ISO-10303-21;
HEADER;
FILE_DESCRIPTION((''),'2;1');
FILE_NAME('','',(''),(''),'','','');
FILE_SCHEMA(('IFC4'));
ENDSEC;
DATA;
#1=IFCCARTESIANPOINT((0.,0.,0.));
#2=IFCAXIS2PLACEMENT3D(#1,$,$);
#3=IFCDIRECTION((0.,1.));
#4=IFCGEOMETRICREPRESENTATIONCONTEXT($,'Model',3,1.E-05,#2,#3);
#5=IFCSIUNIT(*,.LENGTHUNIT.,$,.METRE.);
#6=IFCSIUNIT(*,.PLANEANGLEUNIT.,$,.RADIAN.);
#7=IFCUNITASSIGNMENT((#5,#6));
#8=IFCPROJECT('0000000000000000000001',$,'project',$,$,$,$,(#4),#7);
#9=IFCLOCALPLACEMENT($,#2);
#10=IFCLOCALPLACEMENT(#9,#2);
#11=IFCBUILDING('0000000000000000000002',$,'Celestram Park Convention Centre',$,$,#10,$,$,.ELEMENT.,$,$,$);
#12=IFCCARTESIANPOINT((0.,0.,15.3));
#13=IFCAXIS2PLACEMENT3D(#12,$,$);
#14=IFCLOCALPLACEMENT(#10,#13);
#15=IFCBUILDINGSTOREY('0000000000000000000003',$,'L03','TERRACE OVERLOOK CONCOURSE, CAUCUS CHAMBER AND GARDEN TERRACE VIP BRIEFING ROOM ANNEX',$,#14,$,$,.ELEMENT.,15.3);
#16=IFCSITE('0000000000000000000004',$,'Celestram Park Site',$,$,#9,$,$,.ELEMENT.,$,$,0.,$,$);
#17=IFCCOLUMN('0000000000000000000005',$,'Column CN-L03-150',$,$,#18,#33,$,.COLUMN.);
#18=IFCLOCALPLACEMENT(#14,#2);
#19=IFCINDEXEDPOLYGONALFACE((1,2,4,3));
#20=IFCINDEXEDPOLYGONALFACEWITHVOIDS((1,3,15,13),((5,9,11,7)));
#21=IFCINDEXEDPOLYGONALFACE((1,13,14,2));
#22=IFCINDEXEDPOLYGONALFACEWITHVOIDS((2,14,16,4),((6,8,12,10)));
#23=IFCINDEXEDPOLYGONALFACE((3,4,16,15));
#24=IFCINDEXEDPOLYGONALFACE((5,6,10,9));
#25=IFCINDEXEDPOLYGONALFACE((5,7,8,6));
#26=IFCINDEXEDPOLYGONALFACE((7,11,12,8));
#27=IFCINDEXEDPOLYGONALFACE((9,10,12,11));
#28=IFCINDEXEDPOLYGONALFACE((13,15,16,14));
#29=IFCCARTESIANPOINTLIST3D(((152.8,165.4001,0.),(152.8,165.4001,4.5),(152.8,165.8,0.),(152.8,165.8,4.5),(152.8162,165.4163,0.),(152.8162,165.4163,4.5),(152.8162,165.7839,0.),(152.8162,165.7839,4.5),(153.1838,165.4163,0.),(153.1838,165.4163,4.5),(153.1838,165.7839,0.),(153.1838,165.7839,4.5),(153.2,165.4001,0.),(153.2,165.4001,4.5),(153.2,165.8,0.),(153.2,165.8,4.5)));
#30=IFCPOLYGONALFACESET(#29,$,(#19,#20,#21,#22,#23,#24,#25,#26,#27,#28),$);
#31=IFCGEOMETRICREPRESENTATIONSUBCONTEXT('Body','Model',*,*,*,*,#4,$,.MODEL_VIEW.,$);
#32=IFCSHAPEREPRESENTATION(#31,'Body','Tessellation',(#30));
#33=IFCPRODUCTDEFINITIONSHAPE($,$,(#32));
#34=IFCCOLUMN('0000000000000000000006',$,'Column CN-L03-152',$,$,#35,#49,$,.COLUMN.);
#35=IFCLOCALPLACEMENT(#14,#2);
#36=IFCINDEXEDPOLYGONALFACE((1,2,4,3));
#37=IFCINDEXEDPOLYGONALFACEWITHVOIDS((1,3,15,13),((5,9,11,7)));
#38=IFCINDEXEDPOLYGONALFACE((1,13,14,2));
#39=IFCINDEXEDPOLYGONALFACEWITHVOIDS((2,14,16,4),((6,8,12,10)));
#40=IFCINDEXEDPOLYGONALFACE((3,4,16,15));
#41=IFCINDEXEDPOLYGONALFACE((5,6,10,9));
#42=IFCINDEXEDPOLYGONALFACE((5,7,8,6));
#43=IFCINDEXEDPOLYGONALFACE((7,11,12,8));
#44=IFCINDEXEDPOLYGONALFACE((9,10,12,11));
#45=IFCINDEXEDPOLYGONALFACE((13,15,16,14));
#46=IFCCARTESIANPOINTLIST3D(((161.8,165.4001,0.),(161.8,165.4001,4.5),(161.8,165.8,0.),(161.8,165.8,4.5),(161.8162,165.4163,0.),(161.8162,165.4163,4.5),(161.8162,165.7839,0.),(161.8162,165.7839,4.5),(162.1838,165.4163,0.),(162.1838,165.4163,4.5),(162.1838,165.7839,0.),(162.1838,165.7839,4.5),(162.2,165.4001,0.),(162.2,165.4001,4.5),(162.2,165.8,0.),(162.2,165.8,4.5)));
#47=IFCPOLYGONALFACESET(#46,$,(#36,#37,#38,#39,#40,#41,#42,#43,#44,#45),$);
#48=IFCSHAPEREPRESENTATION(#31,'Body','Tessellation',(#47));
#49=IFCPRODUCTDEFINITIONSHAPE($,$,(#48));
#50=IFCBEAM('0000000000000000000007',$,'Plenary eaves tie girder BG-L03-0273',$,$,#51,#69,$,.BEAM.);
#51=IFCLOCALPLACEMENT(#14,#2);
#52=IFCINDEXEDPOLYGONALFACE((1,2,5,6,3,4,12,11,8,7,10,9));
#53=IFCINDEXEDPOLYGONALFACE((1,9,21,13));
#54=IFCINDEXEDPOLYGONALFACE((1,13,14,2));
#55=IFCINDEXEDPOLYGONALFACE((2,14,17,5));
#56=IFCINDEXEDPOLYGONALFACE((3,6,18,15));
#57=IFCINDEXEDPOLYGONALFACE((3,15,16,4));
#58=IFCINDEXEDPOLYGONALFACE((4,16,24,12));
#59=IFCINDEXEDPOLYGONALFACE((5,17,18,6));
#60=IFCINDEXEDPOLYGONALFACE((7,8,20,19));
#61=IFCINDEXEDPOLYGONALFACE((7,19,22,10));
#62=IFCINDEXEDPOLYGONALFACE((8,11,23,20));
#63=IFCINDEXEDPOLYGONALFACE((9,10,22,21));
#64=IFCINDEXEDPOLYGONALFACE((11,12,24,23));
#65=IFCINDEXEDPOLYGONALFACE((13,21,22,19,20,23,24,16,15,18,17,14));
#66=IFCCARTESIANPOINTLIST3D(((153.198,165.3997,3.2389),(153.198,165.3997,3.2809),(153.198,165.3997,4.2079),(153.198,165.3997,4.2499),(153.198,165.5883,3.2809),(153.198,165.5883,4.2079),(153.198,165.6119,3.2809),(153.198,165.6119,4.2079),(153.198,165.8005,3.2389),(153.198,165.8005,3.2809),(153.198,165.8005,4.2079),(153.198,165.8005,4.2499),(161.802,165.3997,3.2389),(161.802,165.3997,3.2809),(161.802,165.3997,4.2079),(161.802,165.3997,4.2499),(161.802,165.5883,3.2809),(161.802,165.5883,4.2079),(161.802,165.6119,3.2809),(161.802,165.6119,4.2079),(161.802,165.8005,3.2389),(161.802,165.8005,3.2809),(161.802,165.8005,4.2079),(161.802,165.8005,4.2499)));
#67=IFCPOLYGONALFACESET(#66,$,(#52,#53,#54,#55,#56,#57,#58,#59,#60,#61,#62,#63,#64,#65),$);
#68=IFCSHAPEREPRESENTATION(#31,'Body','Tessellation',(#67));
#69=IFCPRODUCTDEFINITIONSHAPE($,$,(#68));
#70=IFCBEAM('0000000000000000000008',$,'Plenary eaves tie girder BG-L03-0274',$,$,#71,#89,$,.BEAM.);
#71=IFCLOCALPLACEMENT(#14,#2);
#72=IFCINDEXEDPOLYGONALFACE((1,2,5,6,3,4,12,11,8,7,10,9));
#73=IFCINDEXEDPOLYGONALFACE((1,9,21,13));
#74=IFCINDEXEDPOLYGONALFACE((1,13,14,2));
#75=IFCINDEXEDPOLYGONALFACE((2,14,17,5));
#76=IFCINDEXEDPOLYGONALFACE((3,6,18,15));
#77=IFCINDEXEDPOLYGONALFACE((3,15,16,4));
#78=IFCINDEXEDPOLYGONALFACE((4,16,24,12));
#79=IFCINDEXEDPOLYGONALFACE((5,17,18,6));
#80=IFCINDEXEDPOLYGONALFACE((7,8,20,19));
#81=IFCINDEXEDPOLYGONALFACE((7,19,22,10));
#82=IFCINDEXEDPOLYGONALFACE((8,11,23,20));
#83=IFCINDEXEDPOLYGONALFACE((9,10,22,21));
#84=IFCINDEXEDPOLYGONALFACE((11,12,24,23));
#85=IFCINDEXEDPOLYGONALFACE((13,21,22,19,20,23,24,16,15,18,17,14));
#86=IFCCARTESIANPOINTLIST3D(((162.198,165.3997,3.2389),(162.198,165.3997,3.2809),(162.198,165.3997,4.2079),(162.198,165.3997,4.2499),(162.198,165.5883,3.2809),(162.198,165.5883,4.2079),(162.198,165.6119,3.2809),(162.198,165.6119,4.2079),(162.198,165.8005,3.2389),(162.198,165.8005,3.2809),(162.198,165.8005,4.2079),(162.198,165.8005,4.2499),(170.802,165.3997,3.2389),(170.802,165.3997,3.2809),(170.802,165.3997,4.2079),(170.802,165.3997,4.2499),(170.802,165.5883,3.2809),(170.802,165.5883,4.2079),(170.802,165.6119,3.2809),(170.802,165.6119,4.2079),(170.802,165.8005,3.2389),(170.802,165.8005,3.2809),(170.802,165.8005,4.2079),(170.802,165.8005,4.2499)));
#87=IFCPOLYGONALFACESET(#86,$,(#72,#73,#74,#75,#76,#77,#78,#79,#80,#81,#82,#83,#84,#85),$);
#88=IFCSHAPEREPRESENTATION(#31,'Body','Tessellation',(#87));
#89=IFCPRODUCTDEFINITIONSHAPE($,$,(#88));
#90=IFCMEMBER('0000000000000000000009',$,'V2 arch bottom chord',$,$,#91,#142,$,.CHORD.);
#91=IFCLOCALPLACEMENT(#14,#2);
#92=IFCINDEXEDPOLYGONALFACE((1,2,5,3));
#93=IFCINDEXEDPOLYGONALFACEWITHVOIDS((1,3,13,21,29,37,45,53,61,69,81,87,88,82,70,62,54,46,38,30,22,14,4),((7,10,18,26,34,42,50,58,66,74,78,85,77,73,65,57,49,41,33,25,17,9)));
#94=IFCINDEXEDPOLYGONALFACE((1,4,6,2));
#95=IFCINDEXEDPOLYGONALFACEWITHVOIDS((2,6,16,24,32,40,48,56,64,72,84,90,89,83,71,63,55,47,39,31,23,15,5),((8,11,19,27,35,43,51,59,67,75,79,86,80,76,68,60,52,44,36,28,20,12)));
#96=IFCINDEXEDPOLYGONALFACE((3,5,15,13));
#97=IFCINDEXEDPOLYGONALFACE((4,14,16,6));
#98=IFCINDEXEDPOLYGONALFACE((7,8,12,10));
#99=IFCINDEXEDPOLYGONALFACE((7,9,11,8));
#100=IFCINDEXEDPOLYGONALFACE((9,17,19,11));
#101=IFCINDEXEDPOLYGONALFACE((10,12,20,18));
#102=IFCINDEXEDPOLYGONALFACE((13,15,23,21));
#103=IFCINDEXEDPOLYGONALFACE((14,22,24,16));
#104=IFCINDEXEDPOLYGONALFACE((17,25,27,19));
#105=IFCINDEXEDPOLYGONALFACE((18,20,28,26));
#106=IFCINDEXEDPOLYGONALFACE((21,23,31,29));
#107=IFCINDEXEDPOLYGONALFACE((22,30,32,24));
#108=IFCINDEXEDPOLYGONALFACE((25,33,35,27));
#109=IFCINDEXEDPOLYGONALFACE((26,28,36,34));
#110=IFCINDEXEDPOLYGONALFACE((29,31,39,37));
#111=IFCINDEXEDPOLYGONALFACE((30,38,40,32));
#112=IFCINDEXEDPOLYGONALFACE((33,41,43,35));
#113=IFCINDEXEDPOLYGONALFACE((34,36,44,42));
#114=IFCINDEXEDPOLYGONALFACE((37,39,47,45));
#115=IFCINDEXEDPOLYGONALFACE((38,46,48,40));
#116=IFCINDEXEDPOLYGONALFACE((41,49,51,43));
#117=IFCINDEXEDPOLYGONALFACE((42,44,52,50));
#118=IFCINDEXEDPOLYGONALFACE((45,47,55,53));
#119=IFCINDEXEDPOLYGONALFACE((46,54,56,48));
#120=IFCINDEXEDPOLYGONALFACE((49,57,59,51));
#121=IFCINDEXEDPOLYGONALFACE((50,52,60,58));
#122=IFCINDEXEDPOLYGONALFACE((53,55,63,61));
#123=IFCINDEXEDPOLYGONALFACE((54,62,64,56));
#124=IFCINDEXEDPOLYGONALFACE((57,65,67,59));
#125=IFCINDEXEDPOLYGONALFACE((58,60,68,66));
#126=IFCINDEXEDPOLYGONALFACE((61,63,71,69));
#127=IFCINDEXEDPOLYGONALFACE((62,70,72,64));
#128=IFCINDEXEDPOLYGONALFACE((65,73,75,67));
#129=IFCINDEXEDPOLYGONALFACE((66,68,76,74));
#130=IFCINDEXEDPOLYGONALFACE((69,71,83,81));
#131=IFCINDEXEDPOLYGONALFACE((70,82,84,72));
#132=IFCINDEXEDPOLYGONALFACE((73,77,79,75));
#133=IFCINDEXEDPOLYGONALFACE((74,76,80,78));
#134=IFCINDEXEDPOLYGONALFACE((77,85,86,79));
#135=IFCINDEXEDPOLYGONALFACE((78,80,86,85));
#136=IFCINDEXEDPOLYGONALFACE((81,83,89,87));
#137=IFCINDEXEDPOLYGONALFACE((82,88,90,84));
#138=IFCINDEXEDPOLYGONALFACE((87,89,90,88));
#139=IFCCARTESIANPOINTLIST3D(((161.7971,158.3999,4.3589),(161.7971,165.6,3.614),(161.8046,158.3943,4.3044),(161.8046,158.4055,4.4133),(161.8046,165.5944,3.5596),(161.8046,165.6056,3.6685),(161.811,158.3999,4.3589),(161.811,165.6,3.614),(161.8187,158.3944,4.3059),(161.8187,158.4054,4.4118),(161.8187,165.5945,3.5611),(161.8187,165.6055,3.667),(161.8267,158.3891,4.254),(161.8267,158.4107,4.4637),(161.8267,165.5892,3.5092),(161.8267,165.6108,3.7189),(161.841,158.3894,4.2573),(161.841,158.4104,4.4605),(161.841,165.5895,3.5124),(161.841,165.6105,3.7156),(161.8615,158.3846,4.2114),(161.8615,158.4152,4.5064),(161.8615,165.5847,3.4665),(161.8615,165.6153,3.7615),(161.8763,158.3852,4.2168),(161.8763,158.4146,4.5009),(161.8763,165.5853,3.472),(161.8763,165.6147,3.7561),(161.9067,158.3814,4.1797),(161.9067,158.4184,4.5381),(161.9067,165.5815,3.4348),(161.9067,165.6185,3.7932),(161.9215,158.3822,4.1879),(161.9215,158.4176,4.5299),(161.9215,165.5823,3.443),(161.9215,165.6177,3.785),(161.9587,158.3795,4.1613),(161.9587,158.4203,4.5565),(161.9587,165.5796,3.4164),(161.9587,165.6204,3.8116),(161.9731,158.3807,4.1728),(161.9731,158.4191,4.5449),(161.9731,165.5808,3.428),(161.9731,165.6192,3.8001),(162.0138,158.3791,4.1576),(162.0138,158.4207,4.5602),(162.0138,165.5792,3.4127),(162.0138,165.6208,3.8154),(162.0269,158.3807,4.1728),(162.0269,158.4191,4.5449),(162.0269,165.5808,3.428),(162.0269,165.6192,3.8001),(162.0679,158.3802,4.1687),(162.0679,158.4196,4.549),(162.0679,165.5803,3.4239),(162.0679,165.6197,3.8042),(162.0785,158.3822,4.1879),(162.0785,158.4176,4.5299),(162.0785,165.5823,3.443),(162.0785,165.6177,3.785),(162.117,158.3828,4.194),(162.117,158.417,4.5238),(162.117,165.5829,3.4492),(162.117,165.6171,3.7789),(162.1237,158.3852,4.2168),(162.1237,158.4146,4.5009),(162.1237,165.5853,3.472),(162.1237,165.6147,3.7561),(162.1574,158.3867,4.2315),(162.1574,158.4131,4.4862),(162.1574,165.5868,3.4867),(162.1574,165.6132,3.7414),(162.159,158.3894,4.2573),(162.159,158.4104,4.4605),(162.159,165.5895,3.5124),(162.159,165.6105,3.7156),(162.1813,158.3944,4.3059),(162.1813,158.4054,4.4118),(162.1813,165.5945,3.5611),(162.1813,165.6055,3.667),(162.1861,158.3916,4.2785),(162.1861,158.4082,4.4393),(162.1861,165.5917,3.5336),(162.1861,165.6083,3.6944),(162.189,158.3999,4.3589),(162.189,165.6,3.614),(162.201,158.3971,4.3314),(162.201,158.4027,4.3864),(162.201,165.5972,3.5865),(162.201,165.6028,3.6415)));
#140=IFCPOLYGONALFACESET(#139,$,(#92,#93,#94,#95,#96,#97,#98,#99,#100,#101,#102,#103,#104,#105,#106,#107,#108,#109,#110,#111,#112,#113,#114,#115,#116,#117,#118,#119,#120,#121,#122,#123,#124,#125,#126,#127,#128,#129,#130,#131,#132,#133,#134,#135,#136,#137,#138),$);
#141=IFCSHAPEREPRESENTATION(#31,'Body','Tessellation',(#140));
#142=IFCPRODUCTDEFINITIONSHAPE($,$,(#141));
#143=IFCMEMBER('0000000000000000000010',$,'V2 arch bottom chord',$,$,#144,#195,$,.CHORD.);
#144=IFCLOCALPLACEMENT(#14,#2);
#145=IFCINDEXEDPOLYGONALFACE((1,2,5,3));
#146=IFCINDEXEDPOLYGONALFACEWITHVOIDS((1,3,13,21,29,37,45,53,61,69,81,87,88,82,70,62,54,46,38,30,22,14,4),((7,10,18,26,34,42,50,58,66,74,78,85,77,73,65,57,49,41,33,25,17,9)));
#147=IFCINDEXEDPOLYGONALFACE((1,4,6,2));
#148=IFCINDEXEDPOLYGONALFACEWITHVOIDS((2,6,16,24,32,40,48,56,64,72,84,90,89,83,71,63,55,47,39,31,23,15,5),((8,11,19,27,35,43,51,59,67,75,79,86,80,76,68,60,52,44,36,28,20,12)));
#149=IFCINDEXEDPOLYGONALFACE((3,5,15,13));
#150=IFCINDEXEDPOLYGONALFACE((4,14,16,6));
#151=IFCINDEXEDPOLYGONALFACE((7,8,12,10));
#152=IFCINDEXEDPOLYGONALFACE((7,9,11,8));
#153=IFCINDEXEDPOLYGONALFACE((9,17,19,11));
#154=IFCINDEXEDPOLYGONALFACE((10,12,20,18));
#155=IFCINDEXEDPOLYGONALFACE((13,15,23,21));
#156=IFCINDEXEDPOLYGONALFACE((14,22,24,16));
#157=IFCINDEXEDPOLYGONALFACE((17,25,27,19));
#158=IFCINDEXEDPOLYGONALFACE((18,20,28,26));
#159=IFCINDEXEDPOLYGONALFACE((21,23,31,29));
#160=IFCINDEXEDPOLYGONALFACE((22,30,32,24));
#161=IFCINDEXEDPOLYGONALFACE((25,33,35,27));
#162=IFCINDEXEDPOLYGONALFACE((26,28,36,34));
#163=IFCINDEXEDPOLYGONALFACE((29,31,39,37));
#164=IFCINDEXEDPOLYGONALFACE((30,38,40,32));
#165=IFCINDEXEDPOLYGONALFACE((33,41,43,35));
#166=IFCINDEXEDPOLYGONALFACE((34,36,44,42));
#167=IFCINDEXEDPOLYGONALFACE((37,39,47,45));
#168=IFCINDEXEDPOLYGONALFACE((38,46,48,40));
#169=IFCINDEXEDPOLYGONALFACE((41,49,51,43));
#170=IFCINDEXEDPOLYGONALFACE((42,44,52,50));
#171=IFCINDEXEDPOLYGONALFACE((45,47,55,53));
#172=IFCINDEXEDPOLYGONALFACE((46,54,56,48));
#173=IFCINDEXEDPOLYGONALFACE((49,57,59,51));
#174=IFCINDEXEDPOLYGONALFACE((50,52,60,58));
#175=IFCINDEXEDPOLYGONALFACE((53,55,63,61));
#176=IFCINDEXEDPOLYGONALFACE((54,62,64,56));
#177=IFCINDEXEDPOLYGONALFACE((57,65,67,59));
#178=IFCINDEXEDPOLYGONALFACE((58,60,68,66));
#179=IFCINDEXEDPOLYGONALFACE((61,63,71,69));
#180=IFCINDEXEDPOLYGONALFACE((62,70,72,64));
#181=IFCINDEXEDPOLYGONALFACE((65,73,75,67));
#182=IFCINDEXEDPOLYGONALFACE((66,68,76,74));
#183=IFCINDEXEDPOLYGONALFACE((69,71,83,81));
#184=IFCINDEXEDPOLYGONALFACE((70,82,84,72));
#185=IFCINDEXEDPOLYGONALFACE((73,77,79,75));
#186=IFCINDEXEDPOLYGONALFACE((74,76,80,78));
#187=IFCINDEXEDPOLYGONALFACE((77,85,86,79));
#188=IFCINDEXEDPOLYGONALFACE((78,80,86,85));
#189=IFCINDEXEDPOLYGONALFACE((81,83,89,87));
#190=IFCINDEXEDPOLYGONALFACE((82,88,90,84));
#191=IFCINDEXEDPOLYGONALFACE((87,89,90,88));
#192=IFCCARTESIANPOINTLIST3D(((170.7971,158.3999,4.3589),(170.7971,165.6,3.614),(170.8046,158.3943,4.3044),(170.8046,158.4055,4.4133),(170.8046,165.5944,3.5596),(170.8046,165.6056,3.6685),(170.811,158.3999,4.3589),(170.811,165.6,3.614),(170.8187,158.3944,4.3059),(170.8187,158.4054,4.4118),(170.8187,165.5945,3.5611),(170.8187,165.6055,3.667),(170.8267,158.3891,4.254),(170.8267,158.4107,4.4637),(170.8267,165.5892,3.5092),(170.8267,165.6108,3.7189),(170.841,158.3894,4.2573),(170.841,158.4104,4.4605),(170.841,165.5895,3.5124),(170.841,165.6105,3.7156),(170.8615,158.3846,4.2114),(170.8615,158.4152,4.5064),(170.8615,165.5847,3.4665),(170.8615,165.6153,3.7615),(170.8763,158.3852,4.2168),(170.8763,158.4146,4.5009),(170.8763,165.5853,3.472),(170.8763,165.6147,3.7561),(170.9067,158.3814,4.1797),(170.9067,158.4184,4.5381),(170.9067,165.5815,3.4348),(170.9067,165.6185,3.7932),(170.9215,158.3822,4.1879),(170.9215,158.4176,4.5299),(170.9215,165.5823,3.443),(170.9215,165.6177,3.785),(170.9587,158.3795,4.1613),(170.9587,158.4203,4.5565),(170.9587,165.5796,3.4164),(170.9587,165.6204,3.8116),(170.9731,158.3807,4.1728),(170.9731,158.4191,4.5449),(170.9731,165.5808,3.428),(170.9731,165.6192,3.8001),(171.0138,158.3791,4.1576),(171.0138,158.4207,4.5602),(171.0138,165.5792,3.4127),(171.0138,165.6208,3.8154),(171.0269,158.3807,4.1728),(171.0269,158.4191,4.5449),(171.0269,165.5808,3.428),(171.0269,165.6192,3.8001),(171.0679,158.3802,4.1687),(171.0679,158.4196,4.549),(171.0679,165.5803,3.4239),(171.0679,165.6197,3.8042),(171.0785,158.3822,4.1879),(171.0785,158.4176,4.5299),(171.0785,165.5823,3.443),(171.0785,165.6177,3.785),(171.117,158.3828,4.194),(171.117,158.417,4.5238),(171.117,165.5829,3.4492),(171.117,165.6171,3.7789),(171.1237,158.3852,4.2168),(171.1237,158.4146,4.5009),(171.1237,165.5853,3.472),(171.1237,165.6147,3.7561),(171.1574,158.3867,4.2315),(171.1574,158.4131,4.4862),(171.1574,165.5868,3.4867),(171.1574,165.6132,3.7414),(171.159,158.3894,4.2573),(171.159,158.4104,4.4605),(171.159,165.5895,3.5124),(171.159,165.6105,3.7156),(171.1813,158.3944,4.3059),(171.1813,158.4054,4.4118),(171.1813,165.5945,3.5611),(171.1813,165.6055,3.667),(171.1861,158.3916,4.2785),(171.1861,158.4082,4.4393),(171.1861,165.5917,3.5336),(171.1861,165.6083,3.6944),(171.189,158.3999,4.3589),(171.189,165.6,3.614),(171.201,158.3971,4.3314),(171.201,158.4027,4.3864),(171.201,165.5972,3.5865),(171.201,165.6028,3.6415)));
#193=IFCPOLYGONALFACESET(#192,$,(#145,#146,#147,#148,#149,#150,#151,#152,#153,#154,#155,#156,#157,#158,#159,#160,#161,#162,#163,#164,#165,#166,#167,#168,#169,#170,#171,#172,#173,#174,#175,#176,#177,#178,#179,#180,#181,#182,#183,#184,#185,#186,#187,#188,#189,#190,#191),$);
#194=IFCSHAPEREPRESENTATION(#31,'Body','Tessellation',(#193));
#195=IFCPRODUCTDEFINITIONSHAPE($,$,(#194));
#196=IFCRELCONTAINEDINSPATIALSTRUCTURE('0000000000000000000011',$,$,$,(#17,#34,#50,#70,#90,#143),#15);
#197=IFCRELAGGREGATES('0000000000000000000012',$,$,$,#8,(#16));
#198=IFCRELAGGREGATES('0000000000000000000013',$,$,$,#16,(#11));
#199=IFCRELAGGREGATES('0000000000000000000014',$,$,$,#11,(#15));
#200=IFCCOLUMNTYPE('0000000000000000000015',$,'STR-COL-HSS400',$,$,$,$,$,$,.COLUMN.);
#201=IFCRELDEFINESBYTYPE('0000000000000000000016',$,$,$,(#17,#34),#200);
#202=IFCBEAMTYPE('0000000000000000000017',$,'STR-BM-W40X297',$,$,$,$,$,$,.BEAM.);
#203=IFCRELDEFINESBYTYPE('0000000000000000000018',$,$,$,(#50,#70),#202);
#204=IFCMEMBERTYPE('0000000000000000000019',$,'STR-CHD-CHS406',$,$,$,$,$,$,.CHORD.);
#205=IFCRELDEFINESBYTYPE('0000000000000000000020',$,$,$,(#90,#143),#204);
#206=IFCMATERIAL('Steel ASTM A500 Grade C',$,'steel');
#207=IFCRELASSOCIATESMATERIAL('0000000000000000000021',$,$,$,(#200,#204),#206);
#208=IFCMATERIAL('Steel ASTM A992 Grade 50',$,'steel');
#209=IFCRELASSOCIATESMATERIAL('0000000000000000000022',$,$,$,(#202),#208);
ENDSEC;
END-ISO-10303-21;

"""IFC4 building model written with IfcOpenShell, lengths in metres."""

from ifc_helpers import new_model, si_unit, direction, frame, origin, origin_2d, place, context, subcontext, project, spatial, hollow_rectangle, hollow_circle, i_section, extrude, material, material_profile, profile_set, type_object, element, save


model = new_model("IFC4")

# Units and contexts
model_context = context("Model", 3, precision=1e-05, world=origin(), true_north=direction((0.0, 1.0)))
body_context = subcontext(model_context, "Body", "Model", "MODEL_VIEW")
ifc_project = project(units=[si_unit("LENGTHUNIT", "METRE"), si_unit("PLANEANGLEUNIT", "RADIAN")], contexts=[model_context])

# Site, building, storey
site_placement = place(None, origin())
site = spatial("IfcSite", under=ifc_project, at=site_placement, Name="Celestram Park Site", CompositionType="ELEMENT", RefElevation=0.0)
building_placement = place(site_placement, origin())
building = spatial("IfcBuilding", under=site, at=building_placement, Name="Celestram Park Convention Centre", CompositionType="ELEMENT")
storey_placement = place(building_placement, frame((0.0, 0.0, 15.3)))
storey = spatial("IfcBuildingStorey", under=building, at=storey_placement, Name="L03", Description="TERRACE OVERLOOK CONCOURSE, CAUCUS CHAMBER AND GARDEN TERRACE VIP BRIEFING ROOM ANNEX", CompositionType="ELEMENT", Elevation=15.3)

# Columns
ifc_material_1 = material(Name="Steel ASTM A500 Grade C", Category="steel")
ifc_material_profile_1 = material_profile(ifc_material_1, hollow_rectangle(XDim=0.3999, YDim=0.3999, WallThickness=0.0161, at=origin_2d()), Name="HSS400X400X16")
ifc_profile_set_1 = profile_set([ifc_material_profile_1], Name="Steel ASTM A500 Grade C")
column_type = type_object("IfcColumnType", Name="STR-COL-HSS400", PredefinedType="COLUMN", material=ifc_profile_set_1)
for number, where, z_axis, x_axis, name in (
    (1, (153.0, 165.6001, 0.0), (0.0, 0.0, 1.0), (1.0, 0.0, 0.0), "Column CN-L03-150"),
    (2, (162.0, 165.6001, 0.0), (0.0, 0.0, 1.0), (1.0, 0.0, 0.0), "Column CN-L03-152"),
):
    element("IfcColumn", number, at=place(storey_placement, frame(where, z_axis=z_axis, x_axis=x_axis)), inside=storey, type_object=column_type, Name=name, PredefinedType="COLUMN", context=body_context, shape_type="SweptSolid", body=[
        extrude(hollow_rectangle(XDim=0.3999, YDim=0.3999, WallThickness=0.0161, at=origin_2d()), origin(), (0.0, 0.0, 1.0), 4.5),
    ])

# Beams
ifc_material_2 = material(Name="Steel ASTM A992 Grade 50", Category="steel")
ifc_material_profile_2 = material_profile(ifc_material_2, i_section(OverallWidth=0.4009, OverallDepth=1.011, WebThickness=0.0237, FlangeThickness=0.042, at=origin_2d()), Name="W40X297")
ifc_profile_set_2 = profile_set([ifc_material_profile_2], Name="Steel ASTM A992 Grade 50")
beam_type_1 = type_object("IfcBeamType", Name="STR-BM-W40X297", PredefinedType="BEAM", material=ifc_profile_set_2)
for number, where, z_axis, x_axis, name in (
    (3, (153.198, 165.6001, 3.7444), (1.0, 0.0, 0.0), (0.0, 1.0, 0.0), "Plenary eaves tie girder BG-L03-0273"),
    (4, (162.198, 165.6001, 3.7444), (1.0, 0.0, 0.0), (0.0, 1.0, 0.0), "Plenary eaves tie girder BG-L03-0274"),
):
    element("IfcBeam", number, at=place(storey_placement, frame(where, z_axis=z_axis, x_axis=x_axis)), inside=storey, type_object=beam_type_1, Name=name, PredefinedType="BEAM", context=body_context, shape_type="SweptSolid", body=[
        extrude(i_section(OverallWidth=0.4009, OverallDepth=1.011, WebThickness=0.0237, FlangeThickness=0.042, at=origin_2d()), origin(), (0.0, 0.0, 1.0), 8.604),
    ])

# Members
ifc_material_profile_3 = material_profile(ifc_material_1, hollow_circle(Radius=0.2029, WallThickness=0.0139, at=origin_2d()), Name="CHS406X14")
ifc_profile_set_3 = profile_set([ifc_material_profile_3], Name="Steel ASTM A500 Grade C")
member_type = type_object("IfcMemberType", Name="STR-CHD-CHS406", PredefinedType="CHORD", material=ifc_profile_set_3)
for number, where, z_axis, x_axis, name in (
    (5, (162.0, 158.3999, 4.3589), (0.0, 0.994691, -0.102903), (-1.0, 0.0, 0.0), "V2 arch bottom chord"),
    (6, (171.0, 158.3999, 4.3589), (0.0, 0.994691, -0.102903), (-1.0, 0.0, 0.0), "V2 arch bottom chord"),
):
    element("IfcMember", number, at=place(storey_placement, frame(where, z_axis=z_axis, x_axis=x_axis)), inside=storey, type_object=member_type, Name=name, PredefinedType="CHORD", context=body_context, shape_type="SweptSolid", body=[
        extrude(hollow_circle(Radius=0.2029, WallThickness=0.0139, at=origin_2d()), origin(), (0.0, 0.0, 1.0), 7.2385),
    ])

save(model, "model.ifc")
